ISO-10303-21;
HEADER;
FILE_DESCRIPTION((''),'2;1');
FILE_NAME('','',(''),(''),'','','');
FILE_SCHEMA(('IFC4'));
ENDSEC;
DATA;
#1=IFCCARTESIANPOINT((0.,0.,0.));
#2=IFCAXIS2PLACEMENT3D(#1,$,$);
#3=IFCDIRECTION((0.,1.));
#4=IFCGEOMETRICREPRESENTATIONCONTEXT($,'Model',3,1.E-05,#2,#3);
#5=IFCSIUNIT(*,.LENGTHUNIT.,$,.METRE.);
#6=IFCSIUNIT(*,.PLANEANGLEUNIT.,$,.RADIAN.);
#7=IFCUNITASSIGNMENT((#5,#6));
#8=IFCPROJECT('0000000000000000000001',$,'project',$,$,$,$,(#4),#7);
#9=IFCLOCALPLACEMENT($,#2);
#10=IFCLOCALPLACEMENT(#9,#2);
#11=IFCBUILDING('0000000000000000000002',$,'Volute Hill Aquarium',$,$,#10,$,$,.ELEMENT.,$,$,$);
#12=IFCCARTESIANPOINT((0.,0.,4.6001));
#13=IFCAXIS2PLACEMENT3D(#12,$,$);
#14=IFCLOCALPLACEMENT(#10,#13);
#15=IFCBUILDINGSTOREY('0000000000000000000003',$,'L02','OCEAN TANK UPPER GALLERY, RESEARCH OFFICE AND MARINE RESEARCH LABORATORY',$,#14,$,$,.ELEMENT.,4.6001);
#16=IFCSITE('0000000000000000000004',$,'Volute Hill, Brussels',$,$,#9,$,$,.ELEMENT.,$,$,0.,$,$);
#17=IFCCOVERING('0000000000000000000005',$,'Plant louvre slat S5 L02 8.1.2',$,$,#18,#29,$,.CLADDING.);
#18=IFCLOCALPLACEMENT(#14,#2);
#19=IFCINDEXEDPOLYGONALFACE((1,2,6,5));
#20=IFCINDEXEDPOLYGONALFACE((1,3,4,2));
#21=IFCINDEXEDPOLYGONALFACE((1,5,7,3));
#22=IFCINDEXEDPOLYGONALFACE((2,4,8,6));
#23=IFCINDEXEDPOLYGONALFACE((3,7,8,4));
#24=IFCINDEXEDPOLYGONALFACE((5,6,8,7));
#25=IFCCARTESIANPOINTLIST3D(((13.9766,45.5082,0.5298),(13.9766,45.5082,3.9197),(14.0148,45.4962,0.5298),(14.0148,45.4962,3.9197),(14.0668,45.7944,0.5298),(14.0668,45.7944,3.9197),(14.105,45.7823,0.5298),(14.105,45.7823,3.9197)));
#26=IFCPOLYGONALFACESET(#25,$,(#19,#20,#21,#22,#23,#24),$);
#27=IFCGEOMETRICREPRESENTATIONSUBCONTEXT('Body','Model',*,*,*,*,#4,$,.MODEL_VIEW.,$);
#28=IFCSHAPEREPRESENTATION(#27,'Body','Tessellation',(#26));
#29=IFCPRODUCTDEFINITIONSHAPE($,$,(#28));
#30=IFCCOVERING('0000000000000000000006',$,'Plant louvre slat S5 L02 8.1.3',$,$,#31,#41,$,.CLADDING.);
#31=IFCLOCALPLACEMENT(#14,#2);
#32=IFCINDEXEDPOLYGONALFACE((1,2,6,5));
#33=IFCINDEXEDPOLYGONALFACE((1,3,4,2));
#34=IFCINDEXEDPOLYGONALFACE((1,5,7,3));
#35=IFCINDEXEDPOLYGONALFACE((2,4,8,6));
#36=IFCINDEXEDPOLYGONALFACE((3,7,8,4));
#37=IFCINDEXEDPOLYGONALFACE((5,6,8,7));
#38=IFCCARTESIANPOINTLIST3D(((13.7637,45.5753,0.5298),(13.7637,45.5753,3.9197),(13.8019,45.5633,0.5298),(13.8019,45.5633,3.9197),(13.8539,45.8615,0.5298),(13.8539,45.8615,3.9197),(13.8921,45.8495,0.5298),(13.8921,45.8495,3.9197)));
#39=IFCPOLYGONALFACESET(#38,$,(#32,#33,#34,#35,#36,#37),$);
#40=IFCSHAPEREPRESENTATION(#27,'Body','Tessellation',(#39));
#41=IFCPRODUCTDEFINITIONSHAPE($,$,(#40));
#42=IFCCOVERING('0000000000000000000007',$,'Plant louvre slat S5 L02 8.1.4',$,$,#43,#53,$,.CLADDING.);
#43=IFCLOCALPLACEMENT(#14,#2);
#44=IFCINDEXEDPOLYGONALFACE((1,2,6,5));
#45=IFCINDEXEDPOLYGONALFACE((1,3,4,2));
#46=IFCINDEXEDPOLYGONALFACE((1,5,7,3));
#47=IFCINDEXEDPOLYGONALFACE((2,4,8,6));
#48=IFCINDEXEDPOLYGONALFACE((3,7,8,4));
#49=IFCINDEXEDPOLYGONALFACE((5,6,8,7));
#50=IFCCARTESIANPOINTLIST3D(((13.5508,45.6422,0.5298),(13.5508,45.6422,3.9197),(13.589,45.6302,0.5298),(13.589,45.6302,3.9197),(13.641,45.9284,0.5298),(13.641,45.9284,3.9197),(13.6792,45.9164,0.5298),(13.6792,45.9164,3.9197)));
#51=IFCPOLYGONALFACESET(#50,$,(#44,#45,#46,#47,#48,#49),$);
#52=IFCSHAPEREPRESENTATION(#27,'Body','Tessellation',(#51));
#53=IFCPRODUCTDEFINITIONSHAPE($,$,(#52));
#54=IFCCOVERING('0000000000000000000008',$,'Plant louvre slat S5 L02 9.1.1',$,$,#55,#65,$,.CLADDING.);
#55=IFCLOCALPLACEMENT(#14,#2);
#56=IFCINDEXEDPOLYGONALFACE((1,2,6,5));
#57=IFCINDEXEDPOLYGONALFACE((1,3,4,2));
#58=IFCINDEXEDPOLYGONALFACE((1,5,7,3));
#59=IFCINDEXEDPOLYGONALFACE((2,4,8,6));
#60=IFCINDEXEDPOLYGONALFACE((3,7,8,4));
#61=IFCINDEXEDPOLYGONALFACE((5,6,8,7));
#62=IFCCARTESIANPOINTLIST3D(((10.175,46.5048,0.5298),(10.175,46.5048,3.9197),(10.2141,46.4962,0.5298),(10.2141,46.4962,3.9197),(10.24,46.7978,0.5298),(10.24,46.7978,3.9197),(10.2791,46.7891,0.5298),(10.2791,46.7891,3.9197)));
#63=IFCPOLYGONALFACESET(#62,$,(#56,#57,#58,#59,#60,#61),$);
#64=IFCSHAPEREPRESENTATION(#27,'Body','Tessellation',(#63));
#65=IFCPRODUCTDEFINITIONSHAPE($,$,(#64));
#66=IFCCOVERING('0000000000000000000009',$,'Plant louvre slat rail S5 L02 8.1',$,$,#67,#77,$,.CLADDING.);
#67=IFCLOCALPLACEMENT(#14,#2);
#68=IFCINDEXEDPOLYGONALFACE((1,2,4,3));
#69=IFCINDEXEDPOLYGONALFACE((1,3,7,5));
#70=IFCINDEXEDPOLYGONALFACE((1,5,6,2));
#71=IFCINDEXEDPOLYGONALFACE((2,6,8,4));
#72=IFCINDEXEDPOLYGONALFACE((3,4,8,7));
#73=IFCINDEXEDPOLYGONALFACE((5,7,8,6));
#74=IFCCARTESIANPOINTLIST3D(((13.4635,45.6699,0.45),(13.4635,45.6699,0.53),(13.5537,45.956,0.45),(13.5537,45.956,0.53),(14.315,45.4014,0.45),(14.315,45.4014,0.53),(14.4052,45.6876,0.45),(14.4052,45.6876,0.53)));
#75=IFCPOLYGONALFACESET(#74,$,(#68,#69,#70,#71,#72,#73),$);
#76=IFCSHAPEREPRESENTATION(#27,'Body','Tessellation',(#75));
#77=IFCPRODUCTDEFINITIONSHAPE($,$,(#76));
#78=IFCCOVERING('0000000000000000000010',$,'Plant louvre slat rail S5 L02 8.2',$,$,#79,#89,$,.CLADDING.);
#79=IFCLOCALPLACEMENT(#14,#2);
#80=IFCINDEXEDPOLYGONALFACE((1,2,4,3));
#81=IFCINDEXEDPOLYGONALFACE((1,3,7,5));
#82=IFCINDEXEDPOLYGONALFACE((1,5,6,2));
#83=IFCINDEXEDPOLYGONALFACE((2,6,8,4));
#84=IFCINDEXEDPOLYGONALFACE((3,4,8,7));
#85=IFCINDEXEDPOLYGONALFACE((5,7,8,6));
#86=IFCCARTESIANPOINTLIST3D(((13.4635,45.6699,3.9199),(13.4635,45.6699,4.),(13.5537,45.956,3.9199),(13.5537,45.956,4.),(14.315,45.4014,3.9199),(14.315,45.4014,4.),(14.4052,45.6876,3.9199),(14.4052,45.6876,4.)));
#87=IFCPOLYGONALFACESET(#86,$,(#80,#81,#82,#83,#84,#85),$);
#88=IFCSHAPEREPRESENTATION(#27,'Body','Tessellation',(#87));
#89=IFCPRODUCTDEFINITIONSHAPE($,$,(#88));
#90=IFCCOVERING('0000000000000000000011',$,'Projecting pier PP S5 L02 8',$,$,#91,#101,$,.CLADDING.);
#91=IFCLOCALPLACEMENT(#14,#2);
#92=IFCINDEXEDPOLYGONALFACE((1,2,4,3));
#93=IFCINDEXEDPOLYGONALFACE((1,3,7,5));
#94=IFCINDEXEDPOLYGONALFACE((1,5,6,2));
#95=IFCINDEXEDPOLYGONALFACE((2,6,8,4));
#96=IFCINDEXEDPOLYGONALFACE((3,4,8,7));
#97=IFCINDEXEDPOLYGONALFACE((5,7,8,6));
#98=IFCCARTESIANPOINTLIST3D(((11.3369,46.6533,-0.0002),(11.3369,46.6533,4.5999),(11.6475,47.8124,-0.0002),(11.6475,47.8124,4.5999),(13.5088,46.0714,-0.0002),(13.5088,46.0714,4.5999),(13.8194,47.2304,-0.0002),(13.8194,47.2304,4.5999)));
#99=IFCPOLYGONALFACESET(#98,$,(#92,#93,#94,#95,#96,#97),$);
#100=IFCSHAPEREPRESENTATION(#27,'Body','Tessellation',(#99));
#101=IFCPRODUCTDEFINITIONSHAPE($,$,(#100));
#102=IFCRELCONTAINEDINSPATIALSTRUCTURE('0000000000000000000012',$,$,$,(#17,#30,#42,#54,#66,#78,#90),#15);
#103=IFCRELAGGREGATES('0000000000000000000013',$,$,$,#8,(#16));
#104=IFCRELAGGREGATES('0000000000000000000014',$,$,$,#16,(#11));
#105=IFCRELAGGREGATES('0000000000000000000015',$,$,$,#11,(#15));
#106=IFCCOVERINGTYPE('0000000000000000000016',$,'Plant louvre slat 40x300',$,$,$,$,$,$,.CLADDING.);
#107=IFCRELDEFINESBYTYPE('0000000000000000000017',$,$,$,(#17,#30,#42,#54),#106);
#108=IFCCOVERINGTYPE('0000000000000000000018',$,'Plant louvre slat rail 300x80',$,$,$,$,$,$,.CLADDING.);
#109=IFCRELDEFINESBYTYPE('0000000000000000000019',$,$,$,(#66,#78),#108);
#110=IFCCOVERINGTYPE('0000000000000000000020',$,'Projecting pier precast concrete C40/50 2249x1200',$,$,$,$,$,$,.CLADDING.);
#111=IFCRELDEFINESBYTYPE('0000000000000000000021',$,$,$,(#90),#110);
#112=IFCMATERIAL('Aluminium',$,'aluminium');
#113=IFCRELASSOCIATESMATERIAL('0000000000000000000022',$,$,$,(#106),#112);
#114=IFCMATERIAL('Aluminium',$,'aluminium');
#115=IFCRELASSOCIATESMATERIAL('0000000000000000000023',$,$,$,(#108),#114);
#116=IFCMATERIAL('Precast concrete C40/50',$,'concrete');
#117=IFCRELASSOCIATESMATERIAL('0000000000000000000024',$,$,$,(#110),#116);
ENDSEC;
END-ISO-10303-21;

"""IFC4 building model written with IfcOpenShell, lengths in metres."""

from ifc_helpers import new_model, si_unit, direction, frame, origin, origin_2d, place, context, subcontext, project, spatial, rectangle, extrude, material, type_object, element, save


model = new_model("IFC4")

# Units and contexts
model_context = context("Model", 3, precision=1e-05, world=origin(), true_north=direction((0.0, 1.0)))
body_context = subcontext(model_context, "Body", "Model", "MODEL_VIEW")
ifc_project = project(units=[si_unit("LENGTHUNIT", "METRE"), si_unit("PLANEANGLEUNIT", "RADIAN")], contexts=[model_context])

# Site, building, storey
site_placement = place(None, origin())
site = spatial("IfcSite", under=ifc_project, at=site_placement, Name="Volute Hill, Brussels", CompositionType="ELEMENT", RefElevation=0.0)
building_placement = place(site_placement, origin())
building = spatial("IfcBuilding", under=site, at=building_placement, Name="Volute Hill Aquarium", CompositionType="ELEMENT")
storey_placement = place(building_placement, frame((0.0, 0.0, 4.6001)))
storey = spatial("IfcBuildingStorey", under=building, at=storey_placement, Name="L02", Description="OCEAN TANK UPPER GALLERY, RESEARCH OFFICE AND MARINE RESEARCH LABORATORY", CompositionType="ELEMENT", Elevation=4.6001)

# Coverings
ifc_material_1 = material(Name="Aluminium", Category="aluminium")
covering_type_1 = type_object("IfcCoveringType", Name="Plant louvre slat 40x300", PredefinedType="CLADDING", material=ifc_material_1)
for number, where, z_axis, x_axis, name in (
    (1, (14.0408, 45.6453, 0.5298), (0.0, 0.0, 1.0), (-0.953718, 0.300704, 0.0), "Plant louvre slat S5 L02 8.1.2"),
    (2, (13.8279, 45.7124, 0.5298), (0.0, 0.0, 1.0), (-0.953718, 0.300704, 0.0), "Plant louvre slat S5 L02 8.1.3"),
    (3, (13.615, 45.7793, 0.5298), (0.0, 0.0, 1.0), (-0.953718, 0.300704, 0.0), "Plant louvre slat S5 L02 8.1.4"),
    (4, (10.2271, 46.647, 0.5298), (0.0, 0.0, 1.0), (-0.9763, 0.216423, 0.0), "Plant louvre slat S5 L02 9.1.1"),
):
    element("IfcCovering", number, at=place(storey_placement, frame(where, z_axis=z_axis, x_axis=x_axis)), inside=storey, type_object=covering_type_1, Name=name, PredefinedType="CLADDING", context=body_context, shape_type="SweptSolid", body=[
        extrude(rectangle(XDim=0.04, YDim=0.3, at=origin_2d()), origin(), (0.0, 0.0, 1.0), 3.3899),
    ])
ifc_material_2 = material(Name="Aluminium", Category="aluminium")
covering_type_2 = type_object("IfcCoveringType", Name="Plant louvre slat rail 300x80", PredefinedType="CLADDING", material=ifc_material_2)
for number, where, z_axis, x_axis, name in (
    (5, (13.9343, 45.6787, 0.45), (0.0, 0.0, 1.0), (-0.953718, 0.300704, 0.0), "Plant louvre slat rail S5 L02 8.1"),
    (6, (13.9343, 45.6787, 3.9199), (0.0, 0.0, 1.0), (-0.953718, 0.300704, 0.0), "Plant louvre slat rail S5 L02 8.2"),
):
    element("IfcCovering", number, at=place(storey_placement, frame(where, z_axis=z_axis, x_axis=x_axis)), inside=storey, type_object=covering_type_2, Name=name, PredefinedType="CLADDING", context=body_context, shape_type="SweptSolid", body=[
        extrude(rectangle(XDim=0.8928, YDim=0.3, at=origin_2d()), origin(), (0.0, 0.0, 1.0), 0.0801),
    ])
ifc_material_3 = material(Name="Precast concrete C40/50", Category="concrete")
covering_type_3 = type_object("IfcCoveringType", Name="Projecting pier precast concrete C40/50 2249x1200", PredefinedType="CLADDING", material=ifc_material_3)
covering_placement = place(storey_placement, frame((12.5781, 46.9419, -0.0002), z_axis=(0.0, 0.0, 1.0), x_axis=(-0.965926, 0.258819, 0.0)))
element("IfcCovering", 7, at=covering_placement, inside=storey, type_object=covering_type_3, Name="Projecting pier PP S5 L02 8", PredefinedType="CLADDING", context=body_context, shape_type="SweptSolid", body=[
    extrude(rectangle(XDim=2.2485, YDim=1.2, at=origin_2d()), origin(), (0.0, 0.0, 1.0), 4.6001),
])

save(model, "model.ifc")
